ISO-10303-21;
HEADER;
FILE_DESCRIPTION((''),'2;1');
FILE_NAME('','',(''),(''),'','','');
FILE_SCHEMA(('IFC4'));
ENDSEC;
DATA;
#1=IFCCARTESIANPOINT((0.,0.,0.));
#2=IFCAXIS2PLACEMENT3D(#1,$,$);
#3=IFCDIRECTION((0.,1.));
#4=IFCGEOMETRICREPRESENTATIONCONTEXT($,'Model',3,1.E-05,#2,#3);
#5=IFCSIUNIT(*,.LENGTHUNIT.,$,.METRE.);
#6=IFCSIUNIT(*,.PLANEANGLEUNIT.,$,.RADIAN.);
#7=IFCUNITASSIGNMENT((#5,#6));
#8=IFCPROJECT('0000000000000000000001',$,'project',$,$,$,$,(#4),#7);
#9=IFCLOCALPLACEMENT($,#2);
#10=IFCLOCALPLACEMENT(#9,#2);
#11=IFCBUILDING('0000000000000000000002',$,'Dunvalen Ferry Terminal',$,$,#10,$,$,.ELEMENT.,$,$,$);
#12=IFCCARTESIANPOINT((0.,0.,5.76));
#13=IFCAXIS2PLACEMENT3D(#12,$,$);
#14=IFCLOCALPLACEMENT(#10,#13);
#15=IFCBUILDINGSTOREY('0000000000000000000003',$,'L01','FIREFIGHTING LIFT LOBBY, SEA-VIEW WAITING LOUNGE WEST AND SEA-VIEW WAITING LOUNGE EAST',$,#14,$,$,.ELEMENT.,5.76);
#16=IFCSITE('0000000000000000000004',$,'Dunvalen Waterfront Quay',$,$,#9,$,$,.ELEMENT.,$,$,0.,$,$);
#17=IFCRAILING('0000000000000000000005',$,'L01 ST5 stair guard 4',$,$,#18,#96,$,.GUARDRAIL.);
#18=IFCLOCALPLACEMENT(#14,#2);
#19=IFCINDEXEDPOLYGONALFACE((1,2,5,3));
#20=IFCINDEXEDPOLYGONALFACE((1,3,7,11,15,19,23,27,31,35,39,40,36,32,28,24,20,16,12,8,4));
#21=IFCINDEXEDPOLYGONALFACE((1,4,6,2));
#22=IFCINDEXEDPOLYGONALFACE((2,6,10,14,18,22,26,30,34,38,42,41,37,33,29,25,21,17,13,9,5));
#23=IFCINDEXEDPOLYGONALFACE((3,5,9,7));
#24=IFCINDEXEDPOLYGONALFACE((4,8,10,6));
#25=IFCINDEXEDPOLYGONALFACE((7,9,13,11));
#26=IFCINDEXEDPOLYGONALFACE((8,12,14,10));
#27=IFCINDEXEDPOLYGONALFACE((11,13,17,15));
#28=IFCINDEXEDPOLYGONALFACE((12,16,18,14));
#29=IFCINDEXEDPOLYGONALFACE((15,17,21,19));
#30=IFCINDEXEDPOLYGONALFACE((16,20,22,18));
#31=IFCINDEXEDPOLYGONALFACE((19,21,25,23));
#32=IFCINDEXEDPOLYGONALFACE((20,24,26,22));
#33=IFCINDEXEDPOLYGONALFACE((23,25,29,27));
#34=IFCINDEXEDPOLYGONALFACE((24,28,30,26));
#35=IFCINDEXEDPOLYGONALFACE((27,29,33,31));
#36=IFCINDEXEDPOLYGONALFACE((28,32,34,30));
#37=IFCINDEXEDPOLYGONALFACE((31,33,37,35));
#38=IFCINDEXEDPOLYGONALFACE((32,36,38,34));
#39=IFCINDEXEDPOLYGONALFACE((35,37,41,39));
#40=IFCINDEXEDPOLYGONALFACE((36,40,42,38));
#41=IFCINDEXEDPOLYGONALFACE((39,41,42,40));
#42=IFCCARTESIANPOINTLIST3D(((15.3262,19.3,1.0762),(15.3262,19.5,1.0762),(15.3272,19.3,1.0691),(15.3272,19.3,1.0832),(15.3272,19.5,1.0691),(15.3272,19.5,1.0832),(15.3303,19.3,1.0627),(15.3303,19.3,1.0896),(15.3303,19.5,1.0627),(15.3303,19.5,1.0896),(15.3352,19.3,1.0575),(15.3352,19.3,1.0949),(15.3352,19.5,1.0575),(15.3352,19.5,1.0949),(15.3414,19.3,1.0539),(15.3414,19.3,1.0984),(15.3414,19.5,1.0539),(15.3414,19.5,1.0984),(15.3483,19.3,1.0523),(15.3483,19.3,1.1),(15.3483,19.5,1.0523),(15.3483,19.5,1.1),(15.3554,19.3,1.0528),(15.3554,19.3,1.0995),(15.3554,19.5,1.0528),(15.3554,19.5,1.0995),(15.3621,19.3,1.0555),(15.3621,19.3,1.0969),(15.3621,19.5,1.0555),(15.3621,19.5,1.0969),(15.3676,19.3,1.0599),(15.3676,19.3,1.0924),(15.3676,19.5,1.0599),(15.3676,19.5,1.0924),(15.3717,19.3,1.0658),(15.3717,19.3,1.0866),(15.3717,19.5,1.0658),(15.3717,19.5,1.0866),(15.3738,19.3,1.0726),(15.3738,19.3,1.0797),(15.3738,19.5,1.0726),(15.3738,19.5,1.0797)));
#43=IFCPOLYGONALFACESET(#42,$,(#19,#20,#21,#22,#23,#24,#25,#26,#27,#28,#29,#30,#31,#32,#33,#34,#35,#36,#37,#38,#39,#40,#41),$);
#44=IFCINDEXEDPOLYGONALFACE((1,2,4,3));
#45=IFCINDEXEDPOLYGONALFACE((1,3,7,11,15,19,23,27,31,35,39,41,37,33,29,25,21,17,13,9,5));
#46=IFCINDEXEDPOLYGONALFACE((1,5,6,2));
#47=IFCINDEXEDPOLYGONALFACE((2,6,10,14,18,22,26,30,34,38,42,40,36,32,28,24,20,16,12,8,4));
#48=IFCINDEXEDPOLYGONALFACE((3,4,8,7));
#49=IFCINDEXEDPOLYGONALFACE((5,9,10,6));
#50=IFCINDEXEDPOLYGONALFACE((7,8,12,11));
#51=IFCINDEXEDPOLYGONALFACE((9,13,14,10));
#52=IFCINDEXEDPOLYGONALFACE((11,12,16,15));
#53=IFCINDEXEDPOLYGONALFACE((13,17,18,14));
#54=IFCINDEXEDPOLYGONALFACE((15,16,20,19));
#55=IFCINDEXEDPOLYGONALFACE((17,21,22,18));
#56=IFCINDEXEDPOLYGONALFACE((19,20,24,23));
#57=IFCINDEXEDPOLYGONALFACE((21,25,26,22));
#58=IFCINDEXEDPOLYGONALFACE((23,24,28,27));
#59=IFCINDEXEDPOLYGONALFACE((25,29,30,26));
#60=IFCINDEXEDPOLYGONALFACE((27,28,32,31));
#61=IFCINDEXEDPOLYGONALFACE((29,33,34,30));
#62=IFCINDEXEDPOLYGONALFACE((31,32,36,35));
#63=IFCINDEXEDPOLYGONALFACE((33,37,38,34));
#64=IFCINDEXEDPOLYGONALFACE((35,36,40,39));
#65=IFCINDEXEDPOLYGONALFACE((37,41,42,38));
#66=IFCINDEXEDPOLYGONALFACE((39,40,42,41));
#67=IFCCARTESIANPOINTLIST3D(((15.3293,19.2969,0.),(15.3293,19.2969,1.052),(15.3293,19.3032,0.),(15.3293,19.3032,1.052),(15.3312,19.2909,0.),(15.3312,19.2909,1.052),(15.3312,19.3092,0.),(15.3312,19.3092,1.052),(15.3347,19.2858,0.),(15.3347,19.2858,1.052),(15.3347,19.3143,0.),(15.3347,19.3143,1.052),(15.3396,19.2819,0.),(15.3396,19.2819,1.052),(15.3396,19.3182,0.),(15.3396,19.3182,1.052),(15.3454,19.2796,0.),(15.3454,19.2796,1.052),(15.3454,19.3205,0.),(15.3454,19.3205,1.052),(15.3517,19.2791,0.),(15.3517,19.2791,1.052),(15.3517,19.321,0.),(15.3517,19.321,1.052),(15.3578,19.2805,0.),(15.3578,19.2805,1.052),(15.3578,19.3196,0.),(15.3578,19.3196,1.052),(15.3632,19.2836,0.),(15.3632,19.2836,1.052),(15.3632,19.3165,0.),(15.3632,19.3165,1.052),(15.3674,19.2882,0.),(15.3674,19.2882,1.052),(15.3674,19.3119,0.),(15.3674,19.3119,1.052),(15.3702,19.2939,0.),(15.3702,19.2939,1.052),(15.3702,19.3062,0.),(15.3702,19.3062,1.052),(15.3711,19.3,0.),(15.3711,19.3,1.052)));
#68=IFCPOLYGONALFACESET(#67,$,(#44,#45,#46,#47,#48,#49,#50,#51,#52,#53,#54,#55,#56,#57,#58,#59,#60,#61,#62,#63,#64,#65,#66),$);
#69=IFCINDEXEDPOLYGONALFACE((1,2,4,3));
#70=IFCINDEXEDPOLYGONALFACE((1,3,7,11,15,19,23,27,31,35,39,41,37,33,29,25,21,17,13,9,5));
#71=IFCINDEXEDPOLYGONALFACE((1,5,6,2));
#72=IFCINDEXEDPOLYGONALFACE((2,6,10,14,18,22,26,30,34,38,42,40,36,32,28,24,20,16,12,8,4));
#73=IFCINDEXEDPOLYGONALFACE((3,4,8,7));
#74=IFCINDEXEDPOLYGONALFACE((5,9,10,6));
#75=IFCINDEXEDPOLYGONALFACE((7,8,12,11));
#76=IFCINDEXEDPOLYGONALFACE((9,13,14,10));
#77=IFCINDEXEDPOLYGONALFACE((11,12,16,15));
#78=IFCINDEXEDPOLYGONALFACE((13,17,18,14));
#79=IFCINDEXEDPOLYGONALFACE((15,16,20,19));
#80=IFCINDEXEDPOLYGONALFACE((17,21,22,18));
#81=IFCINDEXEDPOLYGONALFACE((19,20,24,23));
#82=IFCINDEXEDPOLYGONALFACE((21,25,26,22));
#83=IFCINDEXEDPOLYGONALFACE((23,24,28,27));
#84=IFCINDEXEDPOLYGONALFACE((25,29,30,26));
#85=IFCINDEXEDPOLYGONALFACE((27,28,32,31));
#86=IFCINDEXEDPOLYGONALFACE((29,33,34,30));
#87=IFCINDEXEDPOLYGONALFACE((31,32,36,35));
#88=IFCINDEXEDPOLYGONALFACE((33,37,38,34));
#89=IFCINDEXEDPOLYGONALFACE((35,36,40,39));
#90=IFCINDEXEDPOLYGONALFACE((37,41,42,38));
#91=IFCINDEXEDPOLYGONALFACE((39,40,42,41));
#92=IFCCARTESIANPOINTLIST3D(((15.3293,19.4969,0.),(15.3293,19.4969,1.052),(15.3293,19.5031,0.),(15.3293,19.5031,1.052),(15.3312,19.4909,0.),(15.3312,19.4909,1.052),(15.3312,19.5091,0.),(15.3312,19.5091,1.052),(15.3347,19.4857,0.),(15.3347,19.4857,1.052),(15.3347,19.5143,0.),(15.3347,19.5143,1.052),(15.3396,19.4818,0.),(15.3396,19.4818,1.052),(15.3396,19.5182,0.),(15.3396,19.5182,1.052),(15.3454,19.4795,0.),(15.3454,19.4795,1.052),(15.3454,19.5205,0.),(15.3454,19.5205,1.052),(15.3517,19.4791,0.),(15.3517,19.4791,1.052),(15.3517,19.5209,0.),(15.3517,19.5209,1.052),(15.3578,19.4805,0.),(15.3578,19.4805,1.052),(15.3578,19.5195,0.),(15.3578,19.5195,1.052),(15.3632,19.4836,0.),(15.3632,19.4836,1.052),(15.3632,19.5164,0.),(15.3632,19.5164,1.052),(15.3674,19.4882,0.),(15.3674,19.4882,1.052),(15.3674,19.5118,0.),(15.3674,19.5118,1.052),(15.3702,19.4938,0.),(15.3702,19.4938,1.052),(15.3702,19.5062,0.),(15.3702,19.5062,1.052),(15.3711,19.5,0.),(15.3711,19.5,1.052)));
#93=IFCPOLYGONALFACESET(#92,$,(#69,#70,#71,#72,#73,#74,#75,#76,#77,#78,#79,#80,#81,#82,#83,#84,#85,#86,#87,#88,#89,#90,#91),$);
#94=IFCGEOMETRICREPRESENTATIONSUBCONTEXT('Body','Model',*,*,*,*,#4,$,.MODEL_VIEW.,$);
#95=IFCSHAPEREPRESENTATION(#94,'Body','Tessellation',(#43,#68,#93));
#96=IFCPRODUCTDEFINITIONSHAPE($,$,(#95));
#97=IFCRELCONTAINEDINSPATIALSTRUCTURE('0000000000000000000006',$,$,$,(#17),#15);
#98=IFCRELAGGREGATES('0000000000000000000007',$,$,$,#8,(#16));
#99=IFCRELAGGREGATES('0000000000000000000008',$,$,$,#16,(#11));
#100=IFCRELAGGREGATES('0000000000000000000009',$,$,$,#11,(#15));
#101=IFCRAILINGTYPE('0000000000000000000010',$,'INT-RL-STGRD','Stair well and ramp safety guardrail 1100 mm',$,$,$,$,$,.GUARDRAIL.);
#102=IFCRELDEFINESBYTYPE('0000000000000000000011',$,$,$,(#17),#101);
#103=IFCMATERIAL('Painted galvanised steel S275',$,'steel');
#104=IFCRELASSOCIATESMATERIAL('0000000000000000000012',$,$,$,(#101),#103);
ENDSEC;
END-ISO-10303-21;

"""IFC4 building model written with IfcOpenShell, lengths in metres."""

from ifc_helpers import new_model, si_unit, direction, frame, origin, origin_2d, place, context, subcontext, project, spatial, circle, extrude, material, type_object, element, save


model = new_model("IFC4")

# Units and contexts
model_context = context("Model", 3, precision=1e-05, world=origin(), true_north=direction((0.0, 1.0)))
body_context = subcontext(model_context, "Body", "Model", "MODEL_VIEW")
ifc_project = project(units=[si_unit("LENGTHUNIT", "METRE"), si_unit("PLANEANGLEUNIT", "RADIAN")], contexts=[model_context])

# Site, building, storey
site_placement = place(None, origin())
site = spatial("IfcSite", under=ifc_project, at=site_placement, Name="Dunvalen Waterfront Quay", CompositionType="ELEMENT", RefElevation=0.0)
building_placement = place(site_placement, origin())
building = spatial("IfcBuilding", under=site, at=building_placement, Name="Dunvalen Ferry Terminal", CompositionType="ELEMENT")
storey_placement = place(building_placement, frame((0.0, 0.0, 5.76)))
storey = spatial("IfcBuildingStorey", under=building, at=storey_placement, Name="L01", Description="FIREFIGHTING LIFT LOBBY, SEA-VIEW WAITING LOUNGE WEST AND SEA-VIEW WAITING LOUNGE EAST", CompositionType="ELEMENT", Elevation=5.76)

# Railing
ifc_material_1 = material(Name="Painted galvanised steel S275", Category="steel")
railing_type_1 = type_object("IfcRailingType", Name="INT-RL-STGRD", Description="Stair well and ramp safety guardrail 1100 mm", PredefinedType="GUARDRAIL", material=ifc_material_1)
railing_1_placement = place(storey_placement, frame((15.3501, 19.3, 0.0)))
element("IfcRailing", 1, at=railing_1_placement, inside=storey, type_object=railing_type_1, Name="L01 ST5 stair guard 4", PredefinedType="GUARDRAIL", context=body_context, shape_type="SweptSolid", body=[
    extrude(circle(Radius=0.0239, at=origin_2d()), frame((0.0, 0.0, 1.0762), z_axis=(0.0, 1.0, 0.0), x_axis=(-1.0, 0.0, 0.0)), (0.0, 0.0, 1.0), 0.2),
    extrude(circle(Radius=0.021, at=origin_2d()), origin(), (0.0, 0.0, 1.0), 1.052),
    extrude(circle(Radius=0.021, at=origin_2d()), frame((0.0, 0.2, 0.0)), (0.0, 0.0, 1.0), 1.052),
])

save(model, "model.ifc")
